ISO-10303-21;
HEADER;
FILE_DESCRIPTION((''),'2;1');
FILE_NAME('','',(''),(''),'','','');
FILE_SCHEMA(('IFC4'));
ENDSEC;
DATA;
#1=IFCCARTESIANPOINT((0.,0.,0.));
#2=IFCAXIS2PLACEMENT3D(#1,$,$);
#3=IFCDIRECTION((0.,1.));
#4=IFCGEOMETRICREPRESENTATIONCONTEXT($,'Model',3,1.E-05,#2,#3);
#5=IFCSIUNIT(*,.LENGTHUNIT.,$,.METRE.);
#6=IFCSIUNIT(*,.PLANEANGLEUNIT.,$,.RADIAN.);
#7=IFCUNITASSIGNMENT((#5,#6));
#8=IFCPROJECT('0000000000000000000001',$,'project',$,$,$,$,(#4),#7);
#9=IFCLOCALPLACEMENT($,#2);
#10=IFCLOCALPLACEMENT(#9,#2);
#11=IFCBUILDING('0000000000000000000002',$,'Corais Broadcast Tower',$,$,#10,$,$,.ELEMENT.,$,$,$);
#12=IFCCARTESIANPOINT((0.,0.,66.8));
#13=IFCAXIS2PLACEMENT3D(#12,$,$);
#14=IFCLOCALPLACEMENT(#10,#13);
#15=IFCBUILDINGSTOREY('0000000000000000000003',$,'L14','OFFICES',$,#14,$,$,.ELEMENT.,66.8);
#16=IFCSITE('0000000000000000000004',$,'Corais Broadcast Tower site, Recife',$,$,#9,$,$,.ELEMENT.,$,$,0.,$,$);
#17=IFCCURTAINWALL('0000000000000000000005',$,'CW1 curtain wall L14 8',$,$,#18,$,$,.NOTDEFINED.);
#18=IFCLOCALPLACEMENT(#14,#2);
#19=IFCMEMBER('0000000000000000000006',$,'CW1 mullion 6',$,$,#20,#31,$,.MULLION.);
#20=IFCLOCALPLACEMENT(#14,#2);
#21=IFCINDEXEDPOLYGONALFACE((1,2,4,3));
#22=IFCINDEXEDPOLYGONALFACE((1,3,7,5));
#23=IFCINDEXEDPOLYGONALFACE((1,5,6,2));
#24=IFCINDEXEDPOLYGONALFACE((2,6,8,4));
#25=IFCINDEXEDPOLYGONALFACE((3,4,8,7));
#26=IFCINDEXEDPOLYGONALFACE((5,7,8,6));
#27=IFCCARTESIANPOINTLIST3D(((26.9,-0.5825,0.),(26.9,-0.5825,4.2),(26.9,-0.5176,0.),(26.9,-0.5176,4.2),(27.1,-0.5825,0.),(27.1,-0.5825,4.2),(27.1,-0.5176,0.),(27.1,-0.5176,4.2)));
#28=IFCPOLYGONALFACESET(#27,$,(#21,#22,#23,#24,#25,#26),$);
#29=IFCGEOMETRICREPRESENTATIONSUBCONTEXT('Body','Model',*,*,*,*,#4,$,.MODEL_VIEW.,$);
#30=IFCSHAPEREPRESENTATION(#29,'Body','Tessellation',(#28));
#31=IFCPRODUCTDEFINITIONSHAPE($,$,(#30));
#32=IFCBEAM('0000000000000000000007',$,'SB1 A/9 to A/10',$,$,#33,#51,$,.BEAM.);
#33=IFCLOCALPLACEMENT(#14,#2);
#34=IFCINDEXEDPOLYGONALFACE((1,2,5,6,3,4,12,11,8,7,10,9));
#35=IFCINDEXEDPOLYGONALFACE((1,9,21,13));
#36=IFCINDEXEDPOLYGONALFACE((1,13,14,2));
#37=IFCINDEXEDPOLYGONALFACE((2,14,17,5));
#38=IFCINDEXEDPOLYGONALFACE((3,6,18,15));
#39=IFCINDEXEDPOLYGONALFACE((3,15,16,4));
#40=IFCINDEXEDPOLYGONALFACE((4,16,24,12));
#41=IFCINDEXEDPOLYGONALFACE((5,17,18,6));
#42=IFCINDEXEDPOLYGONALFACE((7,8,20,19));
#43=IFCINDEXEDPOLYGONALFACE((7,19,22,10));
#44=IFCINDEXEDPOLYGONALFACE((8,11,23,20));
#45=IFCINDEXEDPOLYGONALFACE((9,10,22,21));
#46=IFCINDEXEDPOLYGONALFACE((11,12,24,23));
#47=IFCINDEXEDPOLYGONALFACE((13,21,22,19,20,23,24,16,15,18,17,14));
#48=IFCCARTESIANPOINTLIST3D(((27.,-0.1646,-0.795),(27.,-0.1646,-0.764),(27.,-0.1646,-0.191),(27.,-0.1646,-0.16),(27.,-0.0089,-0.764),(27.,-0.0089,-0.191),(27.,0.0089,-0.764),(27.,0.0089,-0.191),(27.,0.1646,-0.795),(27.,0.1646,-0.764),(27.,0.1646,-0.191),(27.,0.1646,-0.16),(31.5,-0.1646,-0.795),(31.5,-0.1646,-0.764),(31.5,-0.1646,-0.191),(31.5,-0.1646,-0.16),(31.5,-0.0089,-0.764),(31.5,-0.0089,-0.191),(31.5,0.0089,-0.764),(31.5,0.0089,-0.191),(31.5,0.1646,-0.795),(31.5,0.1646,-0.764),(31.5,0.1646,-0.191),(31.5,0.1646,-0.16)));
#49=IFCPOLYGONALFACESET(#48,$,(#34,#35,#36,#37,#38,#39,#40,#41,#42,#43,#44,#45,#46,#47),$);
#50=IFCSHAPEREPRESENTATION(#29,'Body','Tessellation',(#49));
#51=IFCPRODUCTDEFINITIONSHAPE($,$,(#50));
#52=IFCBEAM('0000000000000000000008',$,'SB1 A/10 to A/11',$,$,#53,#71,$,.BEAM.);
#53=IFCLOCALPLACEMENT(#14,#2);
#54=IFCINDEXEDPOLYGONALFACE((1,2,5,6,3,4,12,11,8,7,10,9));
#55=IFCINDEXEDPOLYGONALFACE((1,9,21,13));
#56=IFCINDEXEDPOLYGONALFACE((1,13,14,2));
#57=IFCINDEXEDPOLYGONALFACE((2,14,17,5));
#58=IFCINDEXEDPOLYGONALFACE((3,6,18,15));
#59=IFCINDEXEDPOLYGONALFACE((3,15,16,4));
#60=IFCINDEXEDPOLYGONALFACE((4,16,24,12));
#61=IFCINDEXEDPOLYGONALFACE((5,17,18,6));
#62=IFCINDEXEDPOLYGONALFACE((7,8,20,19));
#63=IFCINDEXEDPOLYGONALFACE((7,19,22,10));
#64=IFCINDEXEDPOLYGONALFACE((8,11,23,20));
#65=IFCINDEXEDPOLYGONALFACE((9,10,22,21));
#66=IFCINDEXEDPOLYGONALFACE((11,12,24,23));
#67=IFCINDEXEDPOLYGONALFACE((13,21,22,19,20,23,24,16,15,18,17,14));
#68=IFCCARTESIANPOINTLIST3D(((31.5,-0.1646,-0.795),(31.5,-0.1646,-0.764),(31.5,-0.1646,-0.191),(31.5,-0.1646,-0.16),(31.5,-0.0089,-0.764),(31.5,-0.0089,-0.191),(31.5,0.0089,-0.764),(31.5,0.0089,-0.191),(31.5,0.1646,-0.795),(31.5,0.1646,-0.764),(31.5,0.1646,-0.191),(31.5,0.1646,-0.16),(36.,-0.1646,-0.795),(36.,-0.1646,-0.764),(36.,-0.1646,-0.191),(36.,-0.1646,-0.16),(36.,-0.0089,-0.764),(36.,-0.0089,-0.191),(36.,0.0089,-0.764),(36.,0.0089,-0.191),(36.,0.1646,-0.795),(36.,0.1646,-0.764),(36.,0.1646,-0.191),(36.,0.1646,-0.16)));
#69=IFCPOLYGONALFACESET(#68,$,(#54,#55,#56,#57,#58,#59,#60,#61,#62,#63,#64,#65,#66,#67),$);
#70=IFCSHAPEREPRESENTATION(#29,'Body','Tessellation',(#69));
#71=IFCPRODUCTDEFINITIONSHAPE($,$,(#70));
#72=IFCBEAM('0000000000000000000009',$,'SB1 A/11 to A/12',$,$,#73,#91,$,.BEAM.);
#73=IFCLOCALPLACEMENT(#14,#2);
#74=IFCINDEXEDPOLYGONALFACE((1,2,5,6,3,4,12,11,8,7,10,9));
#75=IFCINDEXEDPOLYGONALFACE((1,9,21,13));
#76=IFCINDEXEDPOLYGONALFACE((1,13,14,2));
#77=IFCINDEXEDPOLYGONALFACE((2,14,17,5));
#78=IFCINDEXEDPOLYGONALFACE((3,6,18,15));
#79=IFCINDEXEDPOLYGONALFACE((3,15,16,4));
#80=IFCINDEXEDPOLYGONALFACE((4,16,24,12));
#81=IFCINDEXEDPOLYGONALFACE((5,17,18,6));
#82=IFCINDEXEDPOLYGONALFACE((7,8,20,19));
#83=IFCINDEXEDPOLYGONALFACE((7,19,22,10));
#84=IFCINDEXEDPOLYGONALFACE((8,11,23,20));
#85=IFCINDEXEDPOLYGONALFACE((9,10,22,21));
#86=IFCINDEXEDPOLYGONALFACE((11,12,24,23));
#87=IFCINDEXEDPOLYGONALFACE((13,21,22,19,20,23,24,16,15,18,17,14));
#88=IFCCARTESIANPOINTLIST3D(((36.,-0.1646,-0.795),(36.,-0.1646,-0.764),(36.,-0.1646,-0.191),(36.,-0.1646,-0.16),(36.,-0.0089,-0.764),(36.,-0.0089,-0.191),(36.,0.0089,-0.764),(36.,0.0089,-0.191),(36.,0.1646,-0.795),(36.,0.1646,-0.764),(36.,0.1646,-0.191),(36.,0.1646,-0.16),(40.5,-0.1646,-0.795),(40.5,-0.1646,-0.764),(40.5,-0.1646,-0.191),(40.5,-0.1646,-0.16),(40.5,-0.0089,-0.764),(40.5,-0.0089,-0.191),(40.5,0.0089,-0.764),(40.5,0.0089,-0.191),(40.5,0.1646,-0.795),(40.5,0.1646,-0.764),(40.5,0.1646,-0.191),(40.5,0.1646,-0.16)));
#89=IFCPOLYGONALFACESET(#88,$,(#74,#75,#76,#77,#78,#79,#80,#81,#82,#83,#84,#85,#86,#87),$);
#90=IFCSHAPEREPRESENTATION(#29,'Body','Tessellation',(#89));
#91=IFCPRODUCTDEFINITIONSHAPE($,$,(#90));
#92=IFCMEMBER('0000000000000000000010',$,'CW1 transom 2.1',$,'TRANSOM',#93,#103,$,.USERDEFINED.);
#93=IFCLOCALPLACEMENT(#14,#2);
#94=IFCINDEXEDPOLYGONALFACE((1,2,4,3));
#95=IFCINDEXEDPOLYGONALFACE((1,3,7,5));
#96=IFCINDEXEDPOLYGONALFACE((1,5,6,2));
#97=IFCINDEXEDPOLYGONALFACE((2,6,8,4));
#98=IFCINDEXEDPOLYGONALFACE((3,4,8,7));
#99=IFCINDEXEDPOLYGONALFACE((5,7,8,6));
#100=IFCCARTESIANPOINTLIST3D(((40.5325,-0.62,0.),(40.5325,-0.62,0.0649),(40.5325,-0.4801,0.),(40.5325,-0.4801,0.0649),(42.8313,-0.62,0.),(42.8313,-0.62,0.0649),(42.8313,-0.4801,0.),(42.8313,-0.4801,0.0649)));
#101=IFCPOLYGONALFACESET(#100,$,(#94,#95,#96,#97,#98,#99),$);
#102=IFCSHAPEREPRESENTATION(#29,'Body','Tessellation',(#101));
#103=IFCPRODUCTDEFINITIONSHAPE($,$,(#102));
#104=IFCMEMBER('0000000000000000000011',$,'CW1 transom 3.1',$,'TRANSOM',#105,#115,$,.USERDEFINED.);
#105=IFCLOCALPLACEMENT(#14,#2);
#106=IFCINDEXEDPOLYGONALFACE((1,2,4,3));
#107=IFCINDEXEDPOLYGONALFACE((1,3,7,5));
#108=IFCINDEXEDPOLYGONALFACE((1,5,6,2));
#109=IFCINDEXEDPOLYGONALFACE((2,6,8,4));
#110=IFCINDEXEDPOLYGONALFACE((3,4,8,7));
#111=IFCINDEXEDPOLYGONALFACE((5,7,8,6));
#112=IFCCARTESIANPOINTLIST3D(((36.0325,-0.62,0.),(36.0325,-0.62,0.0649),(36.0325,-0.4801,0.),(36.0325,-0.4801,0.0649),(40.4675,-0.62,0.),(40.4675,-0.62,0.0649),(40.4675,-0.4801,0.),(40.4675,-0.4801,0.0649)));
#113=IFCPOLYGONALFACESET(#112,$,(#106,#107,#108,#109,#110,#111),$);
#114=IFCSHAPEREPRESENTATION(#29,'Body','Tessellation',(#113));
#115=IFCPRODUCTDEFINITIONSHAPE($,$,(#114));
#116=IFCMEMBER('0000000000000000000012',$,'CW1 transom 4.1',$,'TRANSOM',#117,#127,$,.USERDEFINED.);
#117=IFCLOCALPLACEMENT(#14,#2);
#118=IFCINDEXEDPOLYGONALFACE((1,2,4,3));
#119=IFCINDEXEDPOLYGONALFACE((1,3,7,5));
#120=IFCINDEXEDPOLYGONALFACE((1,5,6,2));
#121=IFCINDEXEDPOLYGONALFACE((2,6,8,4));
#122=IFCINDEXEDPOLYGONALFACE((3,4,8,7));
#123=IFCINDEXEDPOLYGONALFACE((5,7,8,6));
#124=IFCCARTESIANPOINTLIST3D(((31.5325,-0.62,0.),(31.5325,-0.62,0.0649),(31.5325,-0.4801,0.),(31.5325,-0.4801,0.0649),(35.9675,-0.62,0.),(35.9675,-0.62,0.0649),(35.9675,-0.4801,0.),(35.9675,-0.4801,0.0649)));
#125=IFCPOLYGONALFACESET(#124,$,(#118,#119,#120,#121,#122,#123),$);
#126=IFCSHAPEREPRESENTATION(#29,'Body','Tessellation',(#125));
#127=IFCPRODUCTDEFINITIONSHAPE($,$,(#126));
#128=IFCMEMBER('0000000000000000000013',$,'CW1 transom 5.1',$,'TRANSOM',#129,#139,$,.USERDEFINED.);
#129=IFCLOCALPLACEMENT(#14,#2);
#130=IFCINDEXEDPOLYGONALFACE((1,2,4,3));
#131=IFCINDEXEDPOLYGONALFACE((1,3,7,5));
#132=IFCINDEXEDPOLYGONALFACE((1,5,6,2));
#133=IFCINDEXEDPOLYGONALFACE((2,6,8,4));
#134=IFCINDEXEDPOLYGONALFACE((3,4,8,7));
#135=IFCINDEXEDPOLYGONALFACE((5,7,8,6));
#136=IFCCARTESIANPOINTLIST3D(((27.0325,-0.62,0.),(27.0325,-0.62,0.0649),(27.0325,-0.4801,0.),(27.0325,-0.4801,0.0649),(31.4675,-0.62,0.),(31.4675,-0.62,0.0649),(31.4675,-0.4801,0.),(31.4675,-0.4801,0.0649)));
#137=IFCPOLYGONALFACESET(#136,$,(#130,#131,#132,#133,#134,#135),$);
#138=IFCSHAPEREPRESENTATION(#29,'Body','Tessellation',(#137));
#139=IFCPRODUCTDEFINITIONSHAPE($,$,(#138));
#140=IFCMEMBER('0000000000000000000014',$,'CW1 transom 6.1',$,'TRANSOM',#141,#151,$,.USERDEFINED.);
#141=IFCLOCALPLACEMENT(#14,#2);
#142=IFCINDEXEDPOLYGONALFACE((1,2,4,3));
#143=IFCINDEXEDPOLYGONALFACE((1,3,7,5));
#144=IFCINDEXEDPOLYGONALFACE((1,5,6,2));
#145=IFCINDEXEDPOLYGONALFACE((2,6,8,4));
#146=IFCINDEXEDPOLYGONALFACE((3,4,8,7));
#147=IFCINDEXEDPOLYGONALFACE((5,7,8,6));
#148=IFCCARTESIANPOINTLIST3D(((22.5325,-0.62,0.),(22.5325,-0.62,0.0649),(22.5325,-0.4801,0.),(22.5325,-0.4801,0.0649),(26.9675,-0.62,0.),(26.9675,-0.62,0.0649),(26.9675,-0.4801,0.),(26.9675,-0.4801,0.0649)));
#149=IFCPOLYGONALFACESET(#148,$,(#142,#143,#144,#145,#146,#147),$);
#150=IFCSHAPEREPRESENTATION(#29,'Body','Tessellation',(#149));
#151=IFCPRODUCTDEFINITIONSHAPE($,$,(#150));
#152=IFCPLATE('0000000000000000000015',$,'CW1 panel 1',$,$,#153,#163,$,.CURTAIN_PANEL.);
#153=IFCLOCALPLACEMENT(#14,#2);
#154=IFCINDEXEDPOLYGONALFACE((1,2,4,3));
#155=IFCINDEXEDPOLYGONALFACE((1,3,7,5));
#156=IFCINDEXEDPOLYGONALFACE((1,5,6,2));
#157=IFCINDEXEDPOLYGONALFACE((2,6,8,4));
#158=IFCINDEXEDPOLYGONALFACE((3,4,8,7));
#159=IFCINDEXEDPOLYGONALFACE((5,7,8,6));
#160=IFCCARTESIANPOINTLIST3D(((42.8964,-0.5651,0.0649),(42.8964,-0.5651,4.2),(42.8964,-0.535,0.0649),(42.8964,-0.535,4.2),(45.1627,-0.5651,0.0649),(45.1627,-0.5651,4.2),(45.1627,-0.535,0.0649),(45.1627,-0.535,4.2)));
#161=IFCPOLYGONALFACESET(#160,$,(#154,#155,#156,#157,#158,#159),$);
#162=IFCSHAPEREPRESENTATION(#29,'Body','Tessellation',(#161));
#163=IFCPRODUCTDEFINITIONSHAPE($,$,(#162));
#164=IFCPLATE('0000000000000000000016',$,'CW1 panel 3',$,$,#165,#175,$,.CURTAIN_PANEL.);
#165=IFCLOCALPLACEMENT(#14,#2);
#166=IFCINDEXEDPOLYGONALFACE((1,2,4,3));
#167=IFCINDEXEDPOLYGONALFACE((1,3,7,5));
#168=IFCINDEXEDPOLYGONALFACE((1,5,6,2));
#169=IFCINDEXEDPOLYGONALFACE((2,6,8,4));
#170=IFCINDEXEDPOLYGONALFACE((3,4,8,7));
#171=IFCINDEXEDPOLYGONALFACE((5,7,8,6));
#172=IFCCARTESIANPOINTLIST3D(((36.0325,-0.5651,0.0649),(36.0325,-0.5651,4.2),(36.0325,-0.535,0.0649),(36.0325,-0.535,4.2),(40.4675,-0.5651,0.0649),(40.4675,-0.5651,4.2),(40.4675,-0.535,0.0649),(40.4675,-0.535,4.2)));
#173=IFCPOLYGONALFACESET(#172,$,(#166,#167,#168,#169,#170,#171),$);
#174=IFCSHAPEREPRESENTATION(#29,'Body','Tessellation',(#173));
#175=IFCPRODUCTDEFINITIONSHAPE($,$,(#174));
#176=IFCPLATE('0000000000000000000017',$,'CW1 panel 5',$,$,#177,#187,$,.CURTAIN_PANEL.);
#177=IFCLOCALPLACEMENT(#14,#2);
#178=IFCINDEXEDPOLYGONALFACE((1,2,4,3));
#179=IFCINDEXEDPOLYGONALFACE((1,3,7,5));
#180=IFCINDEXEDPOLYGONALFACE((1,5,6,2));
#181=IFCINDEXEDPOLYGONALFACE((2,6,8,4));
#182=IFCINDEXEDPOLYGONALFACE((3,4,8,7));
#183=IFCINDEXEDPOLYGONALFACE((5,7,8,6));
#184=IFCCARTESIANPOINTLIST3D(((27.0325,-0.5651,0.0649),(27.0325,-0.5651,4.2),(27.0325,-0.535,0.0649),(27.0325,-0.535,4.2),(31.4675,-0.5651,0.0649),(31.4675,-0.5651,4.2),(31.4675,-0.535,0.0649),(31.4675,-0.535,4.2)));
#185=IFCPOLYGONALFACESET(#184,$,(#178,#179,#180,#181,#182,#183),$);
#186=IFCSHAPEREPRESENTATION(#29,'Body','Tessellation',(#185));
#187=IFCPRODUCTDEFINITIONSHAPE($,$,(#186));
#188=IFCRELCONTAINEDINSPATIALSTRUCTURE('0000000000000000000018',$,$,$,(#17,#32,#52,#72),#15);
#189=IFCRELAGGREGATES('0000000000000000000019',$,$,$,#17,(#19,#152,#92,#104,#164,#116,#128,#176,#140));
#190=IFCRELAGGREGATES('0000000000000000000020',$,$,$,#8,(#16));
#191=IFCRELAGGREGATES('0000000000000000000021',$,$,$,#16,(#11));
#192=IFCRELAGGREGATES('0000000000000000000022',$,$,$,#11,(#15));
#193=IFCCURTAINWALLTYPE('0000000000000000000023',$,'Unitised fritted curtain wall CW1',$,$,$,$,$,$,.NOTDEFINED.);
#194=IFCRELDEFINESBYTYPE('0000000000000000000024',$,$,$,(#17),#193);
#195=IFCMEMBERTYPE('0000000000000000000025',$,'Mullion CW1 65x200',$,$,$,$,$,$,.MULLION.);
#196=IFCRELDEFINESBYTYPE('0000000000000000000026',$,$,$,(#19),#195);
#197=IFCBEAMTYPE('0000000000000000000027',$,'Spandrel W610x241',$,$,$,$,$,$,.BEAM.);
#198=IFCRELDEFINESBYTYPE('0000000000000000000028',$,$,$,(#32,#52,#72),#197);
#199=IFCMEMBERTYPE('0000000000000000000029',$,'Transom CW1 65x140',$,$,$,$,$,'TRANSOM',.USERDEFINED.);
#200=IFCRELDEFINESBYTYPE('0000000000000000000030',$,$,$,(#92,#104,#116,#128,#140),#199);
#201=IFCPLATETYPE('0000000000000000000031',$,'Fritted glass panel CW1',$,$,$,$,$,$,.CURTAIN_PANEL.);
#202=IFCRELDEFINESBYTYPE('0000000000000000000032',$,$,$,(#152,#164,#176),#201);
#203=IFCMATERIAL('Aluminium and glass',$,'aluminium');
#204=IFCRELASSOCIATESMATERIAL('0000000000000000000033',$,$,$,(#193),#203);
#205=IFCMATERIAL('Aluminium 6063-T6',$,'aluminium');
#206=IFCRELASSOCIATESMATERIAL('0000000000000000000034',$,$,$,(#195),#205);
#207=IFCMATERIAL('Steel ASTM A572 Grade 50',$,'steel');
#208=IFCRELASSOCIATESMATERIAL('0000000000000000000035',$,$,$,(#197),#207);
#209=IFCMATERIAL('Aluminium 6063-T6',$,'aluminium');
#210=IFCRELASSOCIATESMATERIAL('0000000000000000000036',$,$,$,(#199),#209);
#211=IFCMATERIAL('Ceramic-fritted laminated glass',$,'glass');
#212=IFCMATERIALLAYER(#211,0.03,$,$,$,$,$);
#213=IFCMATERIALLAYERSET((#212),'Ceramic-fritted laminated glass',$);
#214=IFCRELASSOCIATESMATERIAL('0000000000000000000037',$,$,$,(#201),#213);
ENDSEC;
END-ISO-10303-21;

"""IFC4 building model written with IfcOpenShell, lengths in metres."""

from ifc_helpers import new_model, si_unit, direction, frame, origin, origin_2d, place, context, subcontext, project, spatial, rectangle, i_section, extrude, material, layer, layer_set, material_profile, profile_set, type_object, element, aggregate, save


model = new_model("IFC4")

# Units and contexts
model_context = context("Model", 3, precision=1e-05, world=origin(), true_north=direction((0.0, 1.0)))
body_context = subcontext(model_context, "Body", "Model", "MODEL_VIEW")
ifc_project = project(units=[si_unit("LENGTHUNIT", "METRE"), si_unit("PLANEANGLEUNIT", "RADIAN")], contexts=[model_context])

# Site, building, storey
site_placement = place(None, origin())
site = spatial("IfcSite", under=ifc_project, at=site_placement, Name="Corais Broadcast Tower site, Recife", CompositionType="ELEMENT", RefElevation=0.0)
building_placement = place(site_placement, origin())
building = spatial("IfcBuilding", under=site, at=building_placement, Name="Corais Broadcast Tower", CompositionType="ELEMENT")
storey_placement = place(building_placement, frame((0.0, 0.0, 66.8)))
storey = spatial("IfcBuildingStorey", under=building, at=storey_placement, Name="L14", Description="OFFICES", CompositionType="ELEMENT", Elevation=66.8)

# Curtain wall, member
ifc_material_1 = material(Name="Aluminium and glass", Category="aluminium")
curtain_wall_type = type_object("IfcCurtainWallType", Name="Unitised fritted curtain wall CW1", PredefinedType="NOTDEFINED", material=ifc_material_1)
curtain_wall_placement = place(storey_placement, origin())
curtain_wall = element("IfcCurtainWall", 1, at=curtain_wall_placement, inside=storey, type_object=curtain_wall_type, Name="CW1 curtain wall L14 8", PredefinedType="NOTDEFINED")
ifc_material_2 = material(Name="Aluminium 6063-T6", Category="aluminium")
ifc_material_profile_1 = material_profile(ifc_material_2, rectangle(XDim=0.0649, YDim=0.2, at=origin_2d()), Name="Mullion CW1 65x200")
ifc_profile_set_1 = profile_set([ifc_material_profile_1], Name="Aluminium 6063-T6")
member_type_1 = type_object("IfcMemberType", Name="Mullion CW1 65x200", PredefinedType="MULLION", material=ifc_profile_set_1)
member_1_placement = place(storey_placement, frame((27.0, -0.55, 0.0), z_axis=(0.0, 0.0, 1.0), x_axis=(0.0, -1.0, 0.0)))
member_1 = element("IfcMember", 2, at=member_1_placement, type_object=member_type_1, Name="CW1 mullion 6", PredefinedType="MULLION", context=body_context, shape_type="SweptSolid", body=[
    extrude(rectangle(XDim=0.0649, YDim=0.2, at=origin_2d()), origin(), (0.0, 0.0, 1.0), 4.2),
])

# Beams
ifc_material_3 = material(Name="Steel ASTM A572 Grade 50", Category="steel")
ifc_material_profile_2 = material_profile(ifc_material_3, i_section(OverallWidth=0.3291, OverallDepth=0.635, WebThickness=0.0178, FlangeThickness=0.031, at=origin_2d()), Name="W610x241")
ifc_profile_set_2 = profile_set([ifc_material_profile_2], Name="Steel ASTM A572 Grade 50")
beam_type_1 = type_object("IfcBeamType", Name="Spandrel W610x241", PredefinedType="BEAM", material=ifc_profile_set_2)
for number, where, z_axis, x_axis, name in (
    (3, (27.0, 0.0, -0.4775), (1.0, 0.0, 0.0), (0.0, 1.0, 0.0), "SB1 A/9 to A/10"),
    (4, (31.5, 0.0, -0.4775), (1.0, 0.0, 0.0), (0.0, 1.0, 0.0), "SB1 A/10 to A/11"),
    (5, (36.0, 0.0, -0.4775), (1.0, 0.0, 0.0), (0.0, 1.0, 0.0), "SB1 A/11 to A/12"),
):
    element("IfcBeam", number, at=place(storey_placement, frame(where, z_axis=z_axis, x_axis=x_axis)), inside=storey, type_object=beam_type_1, Name=name, PredefinedType="BEAM", context=body_context, shape_type="SweptSolid", body=[
        extrude(i_section(OverallWidth=0.3291, OverallDepth=0.635, WebThickness=0.0178, FlangeThickness=0.031, at=origin_2d()), origin(), (0.0, 0.0, 1.0), 4.5),
    ])

# Members
ifc_material_4 = material(Name="Aluminium 6063-T6", Category="aluminium")
ifc_material_profile_3 = material_profile(ifc_material_4, rectangle(XDim=0.1399, YDim=0.0649, at=origin_2d()), Name="Transom CW1 65x140")
ifc_profile_set_3 = profile_set([ifc_material_profile_3], Name="Aluminium 6063-T6")
member_type_2 = type_object("IfcMemberType", Name="Transom CW1 65x140", ElementType="TRANSOM", PredefinedType="USERDEFINED", material=ifc_profile_set_3)
member_2_placement = place(storey_placement, frame((42.8313, -0.55, 0.0325), z_axis=(-1.0, 0.0, 0.0), x_axis=(0.0, -1.0, 0.0)))
member_2 = element("IfcMember", 6, at=member_2_placement, type_object=member_type_2, Name="CW1 transom 2.1", ObjectType="TRANSOM", PredefinedType="USERDEFINED", context=body_context, shape_type="SweptSolid", body=[
    extrude(rectangle(XDim=0.1399, YDim=0.0649, at=origin_2d()), origin(), (0.0, 0.0, 1.0), 2.2988),
])
member_3_placement = place(storey_placement, frame((40.4675, -0.55, 0.0325), z_axis=(-1.0, 0.0, 0.0), x_axis=(0.0, -1.0, 0.0)))
member_3 = element("IfcMember", 7, at=member_3_placement, type_object=member_type_2, Name="CW1 transom 3.1", ObjectType="TRANSOM", PredefinedType="USERDEFINED", context=body_context, shape_type="SweptSolid", body=[
    extrude(rectangle(XDim=0.1399, YDim=0.0649, at=origin_2d()), origin(), (0.0, 0.0, 1.0), 4.4351),
])
member_4_placement = place(storey_placement, frame((35.9675, -0.55, 0.0325), z_axis=(-1.0, 0.0, 0.0), x_axis=(0.0, -1.0, 0.0)))
member_4 = element("IfcMember", 8, at=member_4_placement, type_object=member_type_2, Name="CW1 transom 4.1", ObjectType="TRANSOM", PredefinedType="USERDEFINED", context=body_context, shape_type="SweptSolid", body=[
    extrude(rectangle(XDim=0.1399, YDim=0.0649, at=origin_2d()), origin(), (0.0, 0.0, 1.0), 4.4351),
])
member_5_placement = place(storey_placement, frame((31.4675, -0.55, 0.0325), z_axis=(-1.0, 0.0, 0.0), x_axis=(0.0, -1.0, 0.0)))
member_5 = element("IfcMember", 9, at=member_5_placement, type_object=member_type_2, Name="CW1 transom 5.1", ObjectType="TRANSOM", PredefinedType="USERDEFINED", context=body_context, shape_type="SweptSolid", body=[
    extrude(rectangle(XDim=0.1399, YDim=0.0649, at=origin_2d()), origin(), (0.0, 0.0, 1.0), 4.4351),
])
member_6_placement = place(storey_placement, frame((26.9675, -0.55, 0.0325), z_axis=(-1.0, 0.0, 0.0), x_axis=(0.0, -1.0, 0.0)))
member_6 = element("IfcMember", 10, at=member_6_placement, type_object=member_type_2, Name="CW1 transom 6.1", ObjectType="TRANSOM", PredefinedType="USERDEFINED", context=body_context, shape_type="SweptSolid", body=[
    extrude(rectangle(XDim=0.1399, YDim=0.0649, at=origin_2d()), origin(), (0.0, 0.0, 1.0), 4.4351),
])

# Plates
ifc_material_5 = material(Name="Ceramic-fritted laminated glass", Category="glass")
ifc_layer_1 = layer(ifc_material_5, 0.03)
ifc_layer_set_1 = layer_set([ifc_layer_1], Name="Ceramic-fritted laminated glass")
plate_type_1 = type_object("IfcPlateType", Name="Fritted glass panel CW1", PredefinedType="CURTAIN_PANEL", material=ifc_layer_set_1)
plate_1_placement = place(storey_placement, frame((44.0295, -0.55, 0.0649), z_axis=(0.0, 0.0, 1.0), x_axis=(-1.0, 0.0, 0.0)))
plate_1 = element("IfcPlate", 11, at=plate_1_placement, type_object=plate_type_1, Name="CW1 panel 1", PredefinedType="CURTAIN_PANEL", context=body_context, shape_type="SweptSolid", body=[
    extrude(rectangle(XDim=2.2664, YDim=0.03, at=origin_2d()), origin(), (0.0, 0.0, 1.0), 4.135),
])
plate_2_placement = place(storey_placement, frame((38.25, -0.55, 0.0649), z_axis=(0.0, 0.0, 1.0), x_axis=(-1.0, 0.0, 0.0)))
plate_2 = element("IfcPlate", 12, at=plate_2_placement, type_object=plate_type_1, Name="CW1 panel 3", PredefinedType="CURTAIN_PANEL", context=body_context, shape_type="SweptSolid", body=[
    extrude(rectangle(XDim=4.4351, YDim=0.03, at=origin_2d()), origin(), (0.0, 0.0, 1.0), 4.135),
])
plate_3_placement = place(storey_placement, frame((29.25, -0.55, 0.0649), z_axis=(0.0, 0.0, 1.0), x_axis=(-1.0, 0.0, 0.0)))
plate_3 = element("IfcPlate", 13, at=plate_3_placement, type_object=plate_type_1, Name="CW1 panel 5", PredefinedType="CURTAIN_PANEL", context=body_context, shape_type="SweptSolid", body=[
    extrude(rectangle(XDim=4.4351, YDim=0.03, at=origin_2d()), origin(), (0.0, 0.0, 1.0), 4.135),
])
aggregate(curtain_wall, [member_1, plate_1, member_2, member_3, plate_2, member_4, member_5, plate_3, member_6])

save(model, "model.ifc")
